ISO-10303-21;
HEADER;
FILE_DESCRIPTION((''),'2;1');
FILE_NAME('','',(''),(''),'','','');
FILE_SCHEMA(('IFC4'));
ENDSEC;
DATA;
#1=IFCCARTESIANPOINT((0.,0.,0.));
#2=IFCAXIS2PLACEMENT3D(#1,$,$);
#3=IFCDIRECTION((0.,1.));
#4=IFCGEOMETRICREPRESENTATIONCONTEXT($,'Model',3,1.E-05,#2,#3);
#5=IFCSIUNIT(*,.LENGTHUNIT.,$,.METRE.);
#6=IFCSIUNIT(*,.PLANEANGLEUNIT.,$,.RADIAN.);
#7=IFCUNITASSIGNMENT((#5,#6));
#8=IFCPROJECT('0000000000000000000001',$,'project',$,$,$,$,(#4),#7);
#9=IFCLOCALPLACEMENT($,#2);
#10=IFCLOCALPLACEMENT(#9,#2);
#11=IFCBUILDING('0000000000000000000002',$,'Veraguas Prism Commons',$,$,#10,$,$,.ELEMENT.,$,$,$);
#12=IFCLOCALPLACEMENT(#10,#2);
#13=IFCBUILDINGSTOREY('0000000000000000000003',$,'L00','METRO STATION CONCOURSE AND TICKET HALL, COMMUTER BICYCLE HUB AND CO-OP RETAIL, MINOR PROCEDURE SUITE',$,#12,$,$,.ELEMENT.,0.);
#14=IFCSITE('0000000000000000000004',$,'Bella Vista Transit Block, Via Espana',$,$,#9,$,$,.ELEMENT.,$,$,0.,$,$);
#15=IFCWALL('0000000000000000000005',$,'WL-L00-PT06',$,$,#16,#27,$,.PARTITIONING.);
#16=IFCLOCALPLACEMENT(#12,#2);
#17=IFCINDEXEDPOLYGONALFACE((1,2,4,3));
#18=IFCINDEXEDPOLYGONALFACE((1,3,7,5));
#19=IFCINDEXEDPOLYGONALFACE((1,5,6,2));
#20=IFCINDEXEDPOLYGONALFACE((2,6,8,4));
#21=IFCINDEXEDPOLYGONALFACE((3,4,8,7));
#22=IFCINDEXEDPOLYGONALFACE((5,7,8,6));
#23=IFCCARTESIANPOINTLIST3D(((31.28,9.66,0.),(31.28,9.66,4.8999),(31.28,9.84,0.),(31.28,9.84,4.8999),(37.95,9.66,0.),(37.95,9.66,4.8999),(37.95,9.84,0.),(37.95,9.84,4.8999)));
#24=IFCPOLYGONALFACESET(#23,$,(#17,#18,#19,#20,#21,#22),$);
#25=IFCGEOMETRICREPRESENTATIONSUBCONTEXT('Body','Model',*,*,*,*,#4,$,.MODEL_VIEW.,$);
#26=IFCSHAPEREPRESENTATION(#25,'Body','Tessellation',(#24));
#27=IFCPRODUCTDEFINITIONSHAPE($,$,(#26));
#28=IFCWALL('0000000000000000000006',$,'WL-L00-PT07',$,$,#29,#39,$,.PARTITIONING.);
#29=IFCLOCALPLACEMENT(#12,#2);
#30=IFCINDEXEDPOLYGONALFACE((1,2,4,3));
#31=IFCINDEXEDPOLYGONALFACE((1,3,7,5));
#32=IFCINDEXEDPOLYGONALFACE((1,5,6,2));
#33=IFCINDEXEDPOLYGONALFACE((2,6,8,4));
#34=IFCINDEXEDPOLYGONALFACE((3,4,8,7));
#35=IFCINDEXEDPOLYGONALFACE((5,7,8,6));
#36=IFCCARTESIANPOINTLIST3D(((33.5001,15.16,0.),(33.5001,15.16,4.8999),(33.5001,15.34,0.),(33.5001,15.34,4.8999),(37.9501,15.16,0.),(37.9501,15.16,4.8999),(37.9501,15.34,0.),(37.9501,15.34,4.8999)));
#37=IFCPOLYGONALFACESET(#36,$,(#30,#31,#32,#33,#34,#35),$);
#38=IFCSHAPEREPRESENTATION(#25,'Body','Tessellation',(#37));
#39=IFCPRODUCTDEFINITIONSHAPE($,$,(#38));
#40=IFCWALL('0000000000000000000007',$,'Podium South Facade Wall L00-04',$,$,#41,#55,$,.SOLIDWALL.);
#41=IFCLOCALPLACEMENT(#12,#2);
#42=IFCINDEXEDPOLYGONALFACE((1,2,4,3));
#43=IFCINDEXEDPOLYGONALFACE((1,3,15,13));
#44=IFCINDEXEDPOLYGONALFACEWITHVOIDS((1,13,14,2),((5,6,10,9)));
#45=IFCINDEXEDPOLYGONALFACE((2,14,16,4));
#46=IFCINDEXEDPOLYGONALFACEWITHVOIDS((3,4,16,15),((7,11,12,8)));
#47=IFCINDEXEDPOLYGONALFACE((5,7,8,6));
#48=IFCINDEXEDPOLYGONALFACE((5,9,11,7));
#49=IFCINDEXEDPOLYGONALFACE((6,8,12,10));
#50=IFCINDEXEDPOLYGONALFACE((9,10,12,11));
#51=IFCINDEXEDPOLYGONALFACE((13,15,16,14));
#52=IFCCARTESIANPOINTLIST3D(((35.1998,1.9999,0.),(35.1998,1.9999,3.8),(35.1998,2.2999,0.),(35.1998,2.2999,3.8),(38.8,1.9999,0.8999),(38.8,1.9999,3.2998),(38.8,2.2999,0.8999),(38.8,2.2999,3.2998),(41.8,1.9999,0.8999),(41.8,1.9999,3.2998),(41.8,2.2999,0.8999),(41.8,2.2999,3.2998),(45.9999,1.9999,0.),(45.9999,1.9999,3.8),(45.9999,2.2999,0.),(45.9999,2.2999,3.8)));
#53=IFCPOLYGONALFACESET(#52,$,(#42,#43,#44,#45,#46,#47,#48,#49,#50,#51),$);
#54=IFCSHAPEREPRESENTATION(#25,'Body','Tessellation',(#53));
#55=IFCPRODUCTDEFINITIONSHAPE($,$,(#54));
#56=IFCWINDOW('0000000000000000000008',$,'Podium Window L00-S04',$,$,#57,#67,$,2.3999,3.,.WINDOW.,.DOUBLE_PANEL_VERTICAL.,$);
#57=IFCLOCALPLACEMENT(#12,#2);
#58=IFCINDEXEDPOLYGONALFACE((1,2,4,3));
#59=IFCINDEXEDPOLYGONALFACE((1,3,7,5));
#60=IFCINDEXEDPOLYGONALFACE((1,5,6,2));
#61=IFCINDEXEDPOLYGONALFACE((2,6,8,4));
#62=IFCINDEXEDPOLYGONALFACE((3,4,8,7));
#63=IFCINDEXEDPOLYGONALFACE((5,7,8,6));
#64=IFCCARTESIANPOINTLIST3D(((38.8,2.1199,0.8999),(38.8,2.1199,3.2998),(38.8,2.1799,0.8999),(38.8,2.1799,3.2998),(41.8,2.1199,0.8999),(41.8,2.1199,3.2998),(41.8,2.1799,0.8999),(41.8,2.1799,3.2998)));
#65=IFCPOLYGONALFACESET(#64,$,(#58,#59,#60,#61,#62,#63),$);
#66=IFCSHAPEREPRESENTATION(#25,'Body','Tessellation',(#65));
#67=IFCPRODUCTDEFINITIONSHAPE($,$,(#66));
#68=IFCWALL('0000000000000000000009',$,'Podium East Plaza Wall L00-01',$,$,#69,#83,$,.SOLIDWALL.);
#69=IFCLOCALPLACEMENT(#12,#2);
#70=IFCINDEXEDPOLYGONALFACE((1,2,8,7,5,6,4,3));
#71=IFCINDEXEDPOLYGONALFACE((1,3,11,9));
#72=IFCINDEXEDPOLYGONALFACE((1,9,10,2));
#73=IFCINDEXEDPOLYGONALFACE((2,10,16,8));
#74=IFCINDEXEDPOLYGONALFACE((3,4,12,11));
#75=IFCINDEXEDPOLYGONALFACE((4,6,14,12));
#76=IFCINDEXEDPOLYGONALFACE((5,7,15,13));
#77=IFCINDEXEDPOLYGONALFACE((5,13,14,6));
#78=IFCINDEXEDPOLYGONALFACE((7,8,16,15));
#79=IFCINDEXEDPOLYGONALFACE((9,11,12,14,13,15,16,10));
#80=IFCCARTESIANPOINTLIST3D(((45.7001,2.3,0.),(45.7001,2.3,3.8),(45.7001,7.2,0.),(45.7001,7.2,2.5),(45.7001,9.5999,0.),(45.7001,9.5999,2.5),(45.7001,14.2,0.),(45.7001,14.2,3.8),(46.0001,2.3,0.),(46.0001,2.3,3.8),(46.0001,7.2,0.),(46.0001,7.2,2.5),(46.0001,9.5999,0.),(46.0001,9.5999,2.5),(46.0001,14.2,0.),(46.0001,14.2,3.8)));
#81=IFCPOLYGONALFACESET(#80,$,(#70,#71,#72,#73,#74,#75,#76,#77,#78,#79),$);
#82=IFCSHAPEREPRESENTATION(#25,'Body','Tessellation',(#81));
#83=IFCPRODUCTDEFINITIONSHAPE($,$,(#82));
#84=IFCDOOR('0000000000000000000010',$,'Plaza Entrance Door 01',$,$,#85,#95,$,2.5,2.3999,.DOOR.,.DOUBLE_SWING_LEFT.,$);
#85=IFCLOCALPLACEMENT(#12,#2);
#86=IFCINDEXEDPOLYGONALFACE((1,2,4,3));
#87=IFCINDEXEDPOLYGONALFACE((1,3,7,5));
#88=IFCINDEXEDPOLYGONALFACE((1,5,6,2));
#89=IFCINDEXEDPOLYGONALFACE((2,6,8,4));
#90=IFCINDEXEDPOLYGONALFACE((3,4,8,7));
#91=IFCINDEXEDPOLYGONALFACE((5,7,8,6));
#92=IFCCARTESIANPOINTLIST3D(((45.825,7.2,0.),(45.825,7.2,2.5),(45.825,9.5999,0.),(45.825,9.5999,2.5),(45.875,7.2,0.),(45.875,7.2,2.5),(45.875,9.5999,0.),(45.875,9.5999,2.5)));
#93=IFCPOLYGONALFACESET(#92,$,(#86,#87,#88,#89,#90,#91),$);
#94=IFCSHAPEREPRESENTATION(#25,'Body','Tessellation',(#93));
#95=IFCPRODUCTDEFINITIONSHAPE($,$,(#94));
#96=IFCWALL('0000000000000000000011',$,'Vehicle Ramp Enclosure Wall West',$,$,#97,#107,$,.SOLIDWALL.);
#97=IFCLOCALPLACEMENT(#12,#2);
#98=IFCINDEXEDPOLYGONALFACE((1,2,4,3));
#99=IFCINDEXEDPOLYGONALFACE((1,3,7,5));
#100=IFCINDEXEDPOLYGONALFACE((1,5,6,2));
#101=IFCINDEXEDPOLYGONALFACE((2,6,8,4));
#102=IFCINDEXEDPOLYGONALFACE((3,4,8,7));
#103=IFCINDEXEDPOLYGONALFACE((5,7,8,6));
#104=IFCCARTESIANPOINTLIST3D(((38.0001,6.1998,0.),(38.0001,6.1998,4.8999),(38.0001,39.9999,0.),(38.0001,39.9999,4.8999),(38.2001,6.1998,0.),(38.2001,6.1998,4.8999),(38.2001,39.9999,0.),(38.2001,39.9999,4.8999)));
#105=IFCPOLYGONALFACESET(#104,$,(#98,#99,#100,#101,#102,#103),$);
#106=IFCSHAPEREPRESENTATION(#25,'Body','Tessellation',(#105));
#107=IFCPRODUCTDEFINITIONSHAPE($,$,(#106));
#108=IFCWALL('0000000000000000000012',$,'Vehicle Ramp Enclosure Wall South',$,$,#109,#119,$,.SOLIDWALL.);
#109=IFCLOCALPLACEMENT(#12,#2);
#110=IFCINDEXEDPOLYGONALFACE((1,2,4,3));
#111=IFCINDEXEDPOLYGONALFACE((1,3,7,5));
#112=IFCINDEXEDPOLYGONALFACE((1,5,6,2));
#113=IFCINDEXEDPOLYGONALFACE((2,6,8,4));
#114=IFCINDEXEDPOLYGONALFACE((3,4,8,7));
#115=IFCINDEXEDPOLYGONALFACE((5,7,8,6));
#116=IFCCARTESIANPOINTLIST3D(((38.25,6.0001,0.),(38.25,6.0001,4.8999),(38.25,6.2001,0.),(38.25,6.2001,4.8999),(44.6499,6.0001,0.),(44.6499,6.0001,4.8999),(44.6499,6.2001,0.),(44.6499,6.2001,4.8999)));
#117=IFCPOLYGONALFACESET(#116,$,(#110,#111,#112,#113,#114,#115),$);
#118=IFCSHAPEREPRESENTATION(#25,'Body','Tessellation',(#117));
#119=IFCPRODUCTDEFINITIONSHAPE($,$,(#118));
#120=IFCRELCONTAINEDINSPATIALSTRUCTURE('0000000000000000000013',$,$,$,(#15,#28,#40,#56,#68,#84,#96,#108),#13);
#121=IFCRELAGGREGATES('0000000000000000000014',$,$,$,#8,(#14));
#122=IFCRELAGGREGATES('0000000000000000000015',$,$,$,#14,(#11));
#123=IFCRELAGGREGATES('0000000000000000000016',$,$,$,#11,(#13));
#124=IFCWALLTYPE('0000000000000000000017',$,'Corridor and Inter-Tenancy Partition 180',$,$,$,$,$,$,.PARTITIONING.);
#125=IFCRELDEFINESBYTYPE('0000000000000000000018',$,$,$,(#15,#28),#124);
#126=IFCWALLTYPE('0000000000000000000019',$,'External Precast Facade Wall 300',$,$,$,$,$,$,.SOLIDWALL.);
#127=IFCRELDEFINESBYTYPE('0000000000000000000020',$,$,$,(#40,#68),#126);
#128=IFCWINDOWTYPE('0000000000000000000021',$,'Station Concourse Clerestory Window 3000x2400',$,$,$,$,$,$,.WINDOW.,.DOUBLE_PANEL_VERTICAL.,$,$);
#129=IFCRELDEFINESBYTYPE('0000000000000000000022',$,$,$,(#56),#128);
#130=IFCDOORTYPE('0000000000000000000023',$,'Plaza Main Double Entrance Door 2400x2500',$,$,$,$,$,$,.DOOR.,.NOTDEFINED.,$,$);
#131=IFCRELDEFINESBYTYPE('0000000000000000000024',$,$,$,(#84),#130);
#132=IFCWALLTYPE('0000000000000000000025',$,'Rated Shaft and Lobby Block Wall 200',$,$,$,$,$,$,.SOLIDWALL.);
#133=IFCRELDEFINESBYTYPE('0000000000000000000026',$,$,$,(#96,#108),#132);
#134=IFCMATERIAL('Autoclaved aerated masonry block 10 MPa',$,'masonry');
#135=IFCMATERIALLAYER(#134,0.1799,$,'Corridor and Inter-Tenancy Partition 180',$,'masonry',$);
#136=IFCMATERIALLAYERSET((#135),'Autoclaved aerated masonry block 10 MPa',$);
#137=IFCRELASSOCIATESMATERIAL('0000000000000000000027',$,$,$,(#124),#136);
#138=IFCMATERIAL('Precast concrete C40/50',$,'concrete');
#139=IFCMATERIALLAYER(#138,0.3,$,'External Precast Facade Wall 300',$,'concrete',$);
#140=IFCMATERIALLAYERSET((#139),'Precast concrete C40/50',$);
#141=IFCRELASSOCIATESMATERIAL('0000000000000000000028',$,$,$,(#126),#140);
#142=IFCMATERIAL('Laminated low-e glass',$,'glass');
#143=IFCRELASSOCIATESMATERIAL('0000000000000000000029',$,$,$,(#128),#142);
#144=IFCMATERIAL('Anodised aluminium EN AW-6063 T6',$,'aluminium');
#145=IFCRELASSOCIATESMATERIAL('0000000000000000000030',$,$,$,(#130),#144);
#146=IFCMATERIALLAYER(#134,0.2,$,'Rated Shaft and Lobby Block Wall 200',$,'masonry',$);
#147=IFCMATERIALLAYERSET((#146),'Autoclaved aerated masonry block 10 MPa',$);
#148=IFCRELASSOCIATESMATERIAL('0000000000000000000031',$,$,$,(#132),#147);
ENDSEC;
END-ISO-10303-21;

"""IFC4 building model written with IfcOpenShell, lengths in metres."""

from ifc_helpers import new_model, si_unit, direction, frame, frame_2d, origin, place, context, subcontext, project, spatial, rectangle, extrude, source, transform, mapped, material, layer, layer_set, type_object, element, fill, save


model = new_model("IFC4")

# Units and contexts
model_context = context("Model", 3, precision=1e-05, world=origin(), true_north=direction((0.0, 1.0)))
body_context = subcontext(model_context, "Body", "Model", "MODEL_VIEW")
ifc_project = project(units=[si_unit("LENGTHUNIT", "METRE"), si_unit("PLANEANGLEUNIT", "RADIAN")], contexts=[model_context])

# Site, building, storey
site_placement = place(None, origin())
site = spatial("IfcSite", under=ifc_project, at=site_placement, Name="Bella Vista Transit Block, Via Espana", CompositionType="ELEMENT", RefElevation=0.0)
building_placement = place(site_placement, origin())
building = spatial("IfcBuilding", under=site, at=building_placement, Name="Veraguas Prism Commons", CompositionType="ELEMENT")
storey_placement = place(building_placement, origin())
storey = spatial("IfcBuildingStorey", under=building, at=storey_placement, Name="L00", Description="METRO STATION CONCOURSE AND TICKET HALL, COMMUTER BICYCLE HUB AND CO-OP RETAIL, MINOR PROCEDURE SUITE", CompositionType="ELEMENT", Elevation=0.0)

# Shared definitions
ifc_material_1 = material(Name="Anodised aluminium EN AW-6063 T6", Category="aluminium")
ifc_material_2 = material(Name="Laminated low-e glass", Category="glass")

# Shared definitions
ifc_material_3 = material(Name="Autoclaved aerated masonry block 10 MPa", Category="masonry")
ifc_layer_1 = layer(ifc_material_3, 0.1799, Name="Corridor and Inter-Tenancy Partition 180", Category="masonry")
ifc_layer_set_1 = layer_set([ifc_layer_1], Name="Autoclaved aerated masonry block 10 MPa")
wall_type_1 = type_object("IfcWallType", Name="Corridor and Inter-Tenancy Partition 180", PredefinedType="PARTITIONING", material=ifc_layer_set_1)

# Walls
wall_1_placement = place(storey_placement, frame((31.28, 9.75, 0.0), z_axis=(0.0, 0.0, 1.0), x_axis=(1.0, 0.0, 0.0)))
element("IfcWall", 1, at=wall_1_placement, inside=storey, type_object=wall_type_1, Name="WL-L00-PT06", PredefinedType="PARTITIONING", context=body_context, shape_type="SweptSolid", body=[
    extrude(rectangle(XDim=6.6699, YDim=0.1799, at=frame_2d((3.335, 0.0))), origin(), (0.0, 0.0, 1.0), 4.8999),
])
wall_2_placement = place(storey_placement, frame((33.5, 15.25, 0.0), z_axis=(0.0, 0.0, 1.0), x_axis=(1.0, 0.0, 0.0)))
element("IfcWall", 2, at=wall_2_placement, inside=storey, type_object=wall_type_1, Name="WL-L00-PT07", PredefinedType="PARTITIONING", context=body_context, shape_type="SweptSolid", body=[
    extrude(rectangle(XDim=4.45, YDim=0.1799, at=frame_2d((2.2251, 0.0))), origin(), (0.0, 0.0, 1.0), 4.8999),
])

# Wall, opening, window
ifc_material_4 = material(Name="Precast concrete C40/50", Category="concrete")
ifc_layer_2 = layer(ifc_material_4, 0.3, Name="External Precast Facade Wall 300", Category="concrete")
ifc_layer_set_2 = layer_set([ifc_layer_2], Name="Precast concrete C40/50")
wall_type_2 = type_object("IfcWallType", Name="External Precast Facade Wall 300", PredefinedType="SOLIDWALL", material=ifc_layer_set_2)
wall_3_placement = place(storey_placement, frame((35.2, 2.1499, 0.0), z_axis=(0.0, 0.0, 1.0), x_axis=(1.0, 0.0, 0.0)))
wall_3 = element("IfcWall", 3, at=wall_3_placement, inside=storey, type_object=wall_type_2, Name="Podium South Facade Wall L00-04", PredefinedType="SOLIDWALL", context=body_context, shape_type="SweptSolid", body=[
    extrude(rectangle(XDim=10.8, YDim=0.3, at=frame_2d((5.3999, 0.0))), origin(), (0.0, 0.0, 1.0), 3.8),
])
opening_1_placement = place(wall_3_placement, frame((3.6001, 0.0, 0.8999)))
opening_1 = element("IfcOpeningElement", 4, at=opening_1_placement, cuts=wall_3, PredefinedType="OPENING", context=body_context, shape_type="SweptSolid", body=[
    extrude(rectangle(XDim=3.0, YDim=2.3999, at=frame_2d((1.5, 1.2))), frame((0.0, 0.1599, 0.0), z_axis=(0.0, -1.0, 0.0), x_axis=(1.0, 0.0, 0.0)), (0.0, 0.0, 1.0), 0.3201),
])
window_type = type_object("IfcWindowType", Name="Station Concourse Clerestory Window 3000x2400", PartitioningType="DOUBLE_PANEL_VERTICAL", PredefinedType="WINDOW", material=ifc_material_2)
shared_shape_1 = source(origin(), body_context, "Body", "SweptSolid", [
    extrude(rectangle(XDim=3.0, YDim=2.3999, at=frame_2d((1.5, 1.2))), frame((0.0, 0.03, 0.0), z_axis=(0.0, -1.0, 0.0), x_axis=(1.0, 0.0, 0.0)), (0.0, 0.0, 1.0), 0.0601),
])
window_placement = place(opening_1_placement, origin())
window = element("IfcWindow", 5, at=window_placement, inside=storey, type_object=window_type, Name="Podium Window L00-S04", OverallHeight=2.3999, OverallWidth=3.0, PartitioningType="DOUBLE_PANEL_VERTICAL", PredefinedType="WINDOW", context=body_context, shape_type="MappedRepresentation", body=[
    mapped(shared_shape_1, transform((0.0, 0.0, 0.0), scale=1.0)),
])
fill(opening_1, window)

# Wall, opening, door
wall_4_placement = place(storey_placement, frame((45.8501, 2.3, 0.0), z_axis=(0.0, 0.0, 1.0), x_axis=(0.0, 1.0, 0.0)))
wall_4 = element("IfcWall", 6, at=wall_4_placement, inside=storey, type_object=wall_type_2, Name="Podium East Plaza Wall L00-01", PredefinedType="SOLIDWALL", context=body_context, shape_type="SweptSolid", body=[
    extrude(rectangle(XDim=11.8999, YDim=0.3, at=frame_2d((5.95, 0.0))), origin(), (0.0, 0.0, 1.0), 3.8),
])
opening_2_placement = place(wall_4_placement, frame((4.8999, 0.0, 0.0)))
opening_2 = element("IfcOpeningElement", 7, at=opening_2_placement, cuts=wall_4, PredefinedType="OPENING", context=body_context, shape_type="SweptSolid", body=[
    extrude(rectangle(XDim=2.3999, YDim=2.5, at=frame_2d((1.2, 1.25))), frame((0.0, 0.1599, 0.0), z_axis=(0.0, -1.0, 0.0), x_axis=(1.0, 0.0, 0.0)), (0.0, 0.0, 1.0), 0.3201),
])
door_type_1 = type_object("IfcDoorType", Name="Plaza Main Double Entrance Door 2400x2500", OperationType="NOTDEFINED", PredefinedType="DOOR", material=ifc_material_1)
shared_shape_2 = source(origin(), body_context, "Body", "SweptSolid", [
    extrude(rectangle(XDim=2.3999, YDim=2.5, at=frame_2d((1.2, 1.25))), frame((0.0, 0.0249, 0.0), z_axis=(0.0, -1.0, 0.0), x_axis=(1.0, 0.0, 0.0)), (0.0, 0.0, 1.0), 0.05),
])
door_1_placement = place(opening_2_placement, frame((2.3999, 0.0, 0.0), z_axis=(0.0, 0.0, 1.0), x_axis=(-1.0, 0.0, 0.0)))
door_1 = element("IfcDoor", 8, at=door_1_placement, inside=storey, type_object=door_type_1, Name="Plaza Entrance Door 01", OperationType="DOUBLE_SWING_LEFT", OverallHeight=2.5, OverallWidth=2.3999, PredefinedType="DOOR", context=body_context, shape_type="MappedRepresentation", body=[
    mapped(shared_shape_2, transform((0.0, 0.0, 0.0), scale=1.0)),
])
fill(opening_2, door_1)

# Walls
ifc_layer_3 = layer(ifc_material_3, 0.2, Name="Rated Shaft and Lobby Block Wall 200", Category="masonry")
ifc_layer_set_3 = layer_set([ifc_layer_3], Name="Autoclaved aerated masonry block 10 MPa")
wall_type_3 = type_object("IfcWallType", Name="Rated Shaft and Lobby Block Wall 200", PredefinedType="SOLIDWALL", material=ifc_layer_set_3)
wall_5_placement = place(storey_placement, frame((38.1001, 6.2, 0.0), z_axis=(0.0, 0.0, 1.0), x_axis=(0.0, 1.0, 0.0)))
element("IfcWall", 9, at=wall_5_placement, inside=storey, type_object=wall_type_3, Name="Vehicle Ramp Enclosure Wall West", PredefinedType="SOLIDWALL", context=body_context, shape_type="SweptSolid", body=[
    extrude(rectangle(XDim=33.8, YDim=0.2, at=frame_2d((16.8999, 0.0))), origin(), (0.0, 0.0, 1.0), 4.8999),
])
wall_6_placement = place(storey_placement, frame((38.25, 6.1001, 0.0), z_axis=(0.0, 0.0, 1.0), x_axis=(1.0, 0.0, 0.0)))
element("IfcWall", 10, at=wall_6_placement, inside=storey, type_object=wall_type_3, Name="Vehicle Ramp Enclosure Wall South", PredefinedType="SOLIDWALL", context=body_context, shape_type="SweptSolid", body=[
    extrude(rectangle(XDim=6.3999, YDim=0.2, at=frame_2d((3.2, 0.0))), origin(), (0.0, 0.0, 1.0), 4.8999),
])

save(model, "model.ifc")
